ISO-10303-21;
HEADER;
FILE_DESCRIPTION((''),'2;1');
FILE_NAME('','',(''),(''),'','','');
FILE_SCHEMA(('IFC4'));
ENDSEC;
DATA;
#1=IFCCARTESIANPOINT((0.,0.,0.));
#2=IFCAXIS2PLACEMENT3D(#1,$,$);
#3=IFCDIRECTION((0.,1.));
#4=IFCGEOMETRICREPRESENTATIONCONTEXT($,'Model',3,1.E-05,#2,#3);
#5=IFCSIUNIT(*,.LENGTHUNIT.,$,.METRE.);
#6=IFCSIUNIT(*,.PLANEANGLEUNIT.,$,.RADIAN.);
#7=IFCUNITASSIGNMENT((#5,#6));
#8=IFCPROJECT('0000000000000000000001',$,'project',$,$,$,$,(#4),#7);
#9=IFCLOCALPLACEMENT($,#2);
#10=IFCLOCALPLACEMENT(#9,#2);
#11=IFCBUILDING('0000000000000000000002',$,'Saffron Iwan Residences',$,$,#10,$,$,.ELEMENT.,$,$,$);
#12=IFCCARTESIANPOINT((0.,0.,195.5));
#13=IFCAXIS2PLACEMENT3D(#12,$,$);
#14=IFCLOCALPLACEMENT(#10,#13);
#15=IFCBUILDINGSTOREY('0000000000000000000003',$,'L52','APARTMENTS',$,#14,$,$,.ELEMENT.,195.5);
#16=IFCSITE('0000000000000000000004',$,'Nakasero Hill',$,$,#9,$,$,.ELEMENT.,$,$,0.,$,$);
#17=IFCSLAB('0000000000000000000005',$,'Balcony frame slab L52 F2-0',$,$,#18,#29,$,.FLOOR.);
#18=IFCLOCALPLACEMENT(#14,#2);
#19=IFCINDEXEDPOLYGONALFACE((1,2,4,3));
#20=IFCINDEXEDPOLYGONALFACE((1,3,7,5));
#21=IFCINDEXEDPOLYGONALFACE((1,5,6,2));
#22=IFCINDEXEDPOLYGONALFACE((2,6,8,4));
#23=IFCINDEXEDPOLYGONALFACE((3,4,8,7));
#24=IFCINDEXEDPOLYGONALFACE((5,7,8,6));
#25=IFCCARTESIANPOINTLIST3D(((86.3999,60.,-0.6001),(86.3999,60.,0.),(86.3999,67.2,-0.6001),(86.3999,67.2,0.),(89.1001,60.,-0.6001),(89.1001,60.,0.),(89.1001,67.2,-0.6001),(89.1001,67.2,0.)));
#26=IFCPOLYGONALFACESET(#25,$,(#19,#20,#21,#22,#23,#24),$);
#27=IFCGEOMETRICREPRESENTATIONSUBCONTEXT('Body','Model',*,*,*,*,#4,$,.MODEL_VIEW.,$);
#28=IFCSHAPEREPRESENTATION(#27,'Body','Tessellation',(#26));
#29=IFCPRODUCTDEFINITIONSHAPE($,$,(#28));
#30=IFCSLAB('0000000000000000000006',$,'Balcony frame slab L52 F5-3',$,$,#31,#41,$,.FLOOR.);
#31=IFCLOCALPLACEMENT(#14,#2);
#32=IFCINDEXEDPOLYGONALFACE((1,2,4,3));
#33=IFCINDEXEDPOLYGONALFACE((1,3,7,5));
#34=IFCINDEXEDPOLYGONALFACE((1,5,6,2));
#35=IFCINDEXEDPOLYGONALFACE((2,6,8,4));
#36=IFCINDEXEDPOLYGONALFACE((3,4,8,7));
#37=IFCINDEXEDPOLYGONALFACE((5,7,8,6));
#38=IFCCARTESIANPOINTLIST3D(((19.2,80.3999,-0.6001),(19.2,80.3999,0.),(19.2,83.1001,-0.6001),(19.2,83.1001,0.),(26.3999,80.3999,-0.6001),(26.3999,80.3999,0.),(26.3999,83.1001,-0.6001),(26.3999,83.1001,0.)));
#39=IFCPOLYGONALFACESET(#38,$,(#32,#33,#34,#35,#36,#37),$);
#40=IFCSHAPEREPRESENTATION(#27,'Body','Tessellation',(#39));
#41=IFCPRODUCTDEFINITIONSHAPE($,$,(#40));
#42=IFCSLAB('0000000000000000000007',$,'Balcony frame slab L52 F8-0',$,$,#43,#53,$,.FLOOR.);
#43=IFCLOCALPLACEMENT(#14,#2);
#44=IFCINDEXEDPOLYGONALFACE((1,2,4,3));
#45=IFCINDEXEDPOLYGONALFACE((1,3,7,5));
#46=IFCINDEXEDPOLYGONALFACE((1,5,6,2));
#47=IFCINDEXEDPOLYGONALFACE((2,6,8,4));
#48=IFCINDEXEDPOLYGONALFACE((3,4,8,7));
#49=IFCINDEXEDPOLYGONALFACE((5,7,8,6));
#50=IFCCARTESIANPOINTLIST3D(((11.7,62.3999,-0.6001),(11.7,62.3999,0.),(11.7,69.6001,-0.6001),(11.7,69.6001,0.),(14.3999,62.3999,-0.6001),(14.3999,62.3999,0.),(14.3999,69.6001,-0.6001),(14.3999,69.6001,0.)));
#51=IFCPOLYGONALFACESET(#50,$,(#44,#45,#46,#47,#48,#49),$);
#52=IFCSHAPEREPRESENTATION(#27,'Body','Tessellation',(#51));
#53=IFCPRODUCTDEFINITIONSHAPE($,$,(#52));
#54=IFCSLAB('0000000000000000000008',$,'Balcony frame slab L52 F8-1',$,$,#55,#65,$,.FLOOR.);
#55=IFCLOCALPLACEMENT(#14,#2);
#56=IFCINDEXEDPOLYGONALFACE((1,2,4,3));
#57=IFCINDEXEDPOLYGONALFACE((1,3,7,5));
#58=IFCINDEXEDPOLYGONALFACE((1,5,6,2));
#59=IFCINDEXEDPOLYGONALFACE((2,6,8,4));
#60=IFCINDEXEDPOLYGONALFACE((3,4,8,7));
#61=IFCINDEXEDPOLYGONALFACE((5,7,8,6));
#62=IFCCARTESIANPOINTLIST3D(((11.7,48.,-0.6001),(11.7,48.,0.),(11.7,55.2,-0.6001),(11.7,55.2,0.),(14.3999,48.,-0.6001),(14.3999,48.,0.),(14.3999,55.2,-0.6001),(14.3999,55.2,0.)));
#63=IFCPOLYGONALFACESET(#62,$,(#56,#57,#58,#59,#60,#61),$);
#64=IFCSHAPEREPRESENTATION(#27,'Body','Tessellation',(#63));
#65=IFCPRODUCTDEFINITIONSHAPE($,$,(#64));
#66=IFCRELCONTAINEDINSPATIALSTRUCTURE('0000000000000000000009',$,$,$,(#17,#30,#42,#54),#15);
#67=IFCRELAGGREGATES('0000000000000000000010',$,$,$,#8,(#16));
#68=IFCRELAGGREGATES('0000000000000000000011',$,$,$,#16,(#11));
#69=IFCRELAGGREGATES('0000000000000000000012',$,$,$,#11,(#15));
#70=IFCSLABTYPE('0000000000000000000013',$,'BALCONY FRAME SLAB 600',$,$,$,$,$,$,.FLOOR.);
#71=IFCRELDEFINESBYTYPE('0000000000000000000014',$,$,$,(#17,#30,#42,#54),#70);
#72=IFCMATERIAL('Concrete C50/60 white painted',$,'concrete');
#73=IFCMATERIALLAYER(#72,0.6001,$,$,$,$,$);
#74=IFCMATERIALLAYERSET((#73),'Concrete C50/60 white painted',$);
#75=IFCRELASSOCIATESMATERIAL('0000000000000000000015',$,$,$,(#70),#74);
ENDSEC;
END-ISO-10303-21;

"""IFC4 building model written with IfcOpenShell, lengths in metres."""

from ifc_helpers import new_model, si_unit, direction, frame, origin, place, context, subcontext, project, spatial, polyline, outline, extrude, material, layer, layer_set, type_object, element, save


model = new_model("IFC4")

# Units and contexts
model_context = context("Model", 3, precision=1e-05, world=origin(), true_north=direction((0.0, 1.0)))
body_context = subcontext(model_context, "Body", "Model", "MODEL_VIEW")
ifc_project = project(units=[si_unit("LENGTHUNIT", "METRE"), si_unit("PLANEANGLEUNIT", "RADIAN")], contexts=[model_context])

# Site, building, storey
site_placement = place(None, origin())
site = spatial("IfcSite", under=ifc_project, at=site_placement, Name="Nakasero Hill", CompositionType="ELEMENT", RefElevation=0.0)
building_placement = place(site_placement, origin())
building = spatial("IfcBuilding", under=site, at=building_placement, Name="Saffron Iwan Residences", CompositionType="ELEMENT")
storey_placement = place(building_placement, frame((0.0, 0.0, 195.5)))
storey = spatial("IfcBuildingStorey", under=building, at=storey_placement, Name="L52", Description="APARTMENTS", CompositionType="ELEMENT", Elevation=195.5)

# Slabs
ifc_material_1 = material(Name="Concrete C50/60 white painted", Category="concrete")
ifc_layer_1 = layer(ifc_material_1, 0.6001)
ifc_layer_set_1 = layer_set([ifc_layer_1], Name="Concrete C50/60 white painted")
slab_type_1 = type_object("IfcSlabType", Name="BALCONY FRAME SLAB 600", PredefinedType="FLOOR", material=ifc_layer_set_1)
slab_1_placement = place(storey_placement, frame((0.0, 0.0, -0.6001)))
element("IfcSlab", 1, at=slab_1_placement, inside=storey, type_object=slab_type_1, Name="Balcony frame slab L52 F2-0", PredefinedType="FLOOR", context=body_context, shape_type="SweptSolid", body=[
    extrude(outline(polyline([(89.1001, 60.0), (89.1001, 67.2), (86.3999, 67.2), (86.3999, 60.0), (89.1001, 60.0)])), origin(), (0.0, 0.0, 1.0), 0.6001),
])
slab_2_placement = place(storey_placement, frame((0.0, 0.0, -0.6001)))
element("IfcSlab", 2, at=slab_2_placement, inside=storey, type_object=slab_type_1, Name="Balcony frame slab L52 F5-3", PredefinedType="FLOOR", context=body_context, shape_type="SweptSolid", body=[
    extrude(outline(polyline([(26.3999, 83.1001), (19.2, 83.1001), (19.2, 80.3999), (26.3999, 80.3999), (26.3999, 83.1001)])), origin(), (0.0, 0.0, 1.0), 0.6001),
])
slab_3_placement = place(storey_placement, frame((0.0, 0.0, -0.6001)))
element("IfcSlab", 3, at=slab_3_placement, inside=storey, type_object=slab_type_1, Name="Balcony frame slab L52 F8-0", PredefinedType="FLOOR", context=body_context, shape_type="SweptSolid", body=[
    extrude(outline(polyline([(11.7, 69.6001), (11.7, 62.3999), (14.3999, 62.3999), (14.3999, 69.6001), (11.7, 69.6001)])), origin(), (0.0, 0.0, 1.0), 0.6001),
])
slab_4_placement = place(storey_placement, frame((0.0, 0.0, -0.6001)))
element("IfcSlab", 4, at=slab_4_placement, inside=storey, type_object=slab_type_1, Name="Balcony frame slab L52 F8-1", PredefinedType="FLOOR", context=body_context, shape_type="SweptSolid", body=[
    extrude(outline(polyline([(11.7, 55.2), (11.7, 48.0), (14.3999, 48.0), (14.3999, 55.2), (11.7, 55.2)])), origin(), (0.0, 0.0, 1.0), 0.6001),
])

save(model, "model.ifc")
